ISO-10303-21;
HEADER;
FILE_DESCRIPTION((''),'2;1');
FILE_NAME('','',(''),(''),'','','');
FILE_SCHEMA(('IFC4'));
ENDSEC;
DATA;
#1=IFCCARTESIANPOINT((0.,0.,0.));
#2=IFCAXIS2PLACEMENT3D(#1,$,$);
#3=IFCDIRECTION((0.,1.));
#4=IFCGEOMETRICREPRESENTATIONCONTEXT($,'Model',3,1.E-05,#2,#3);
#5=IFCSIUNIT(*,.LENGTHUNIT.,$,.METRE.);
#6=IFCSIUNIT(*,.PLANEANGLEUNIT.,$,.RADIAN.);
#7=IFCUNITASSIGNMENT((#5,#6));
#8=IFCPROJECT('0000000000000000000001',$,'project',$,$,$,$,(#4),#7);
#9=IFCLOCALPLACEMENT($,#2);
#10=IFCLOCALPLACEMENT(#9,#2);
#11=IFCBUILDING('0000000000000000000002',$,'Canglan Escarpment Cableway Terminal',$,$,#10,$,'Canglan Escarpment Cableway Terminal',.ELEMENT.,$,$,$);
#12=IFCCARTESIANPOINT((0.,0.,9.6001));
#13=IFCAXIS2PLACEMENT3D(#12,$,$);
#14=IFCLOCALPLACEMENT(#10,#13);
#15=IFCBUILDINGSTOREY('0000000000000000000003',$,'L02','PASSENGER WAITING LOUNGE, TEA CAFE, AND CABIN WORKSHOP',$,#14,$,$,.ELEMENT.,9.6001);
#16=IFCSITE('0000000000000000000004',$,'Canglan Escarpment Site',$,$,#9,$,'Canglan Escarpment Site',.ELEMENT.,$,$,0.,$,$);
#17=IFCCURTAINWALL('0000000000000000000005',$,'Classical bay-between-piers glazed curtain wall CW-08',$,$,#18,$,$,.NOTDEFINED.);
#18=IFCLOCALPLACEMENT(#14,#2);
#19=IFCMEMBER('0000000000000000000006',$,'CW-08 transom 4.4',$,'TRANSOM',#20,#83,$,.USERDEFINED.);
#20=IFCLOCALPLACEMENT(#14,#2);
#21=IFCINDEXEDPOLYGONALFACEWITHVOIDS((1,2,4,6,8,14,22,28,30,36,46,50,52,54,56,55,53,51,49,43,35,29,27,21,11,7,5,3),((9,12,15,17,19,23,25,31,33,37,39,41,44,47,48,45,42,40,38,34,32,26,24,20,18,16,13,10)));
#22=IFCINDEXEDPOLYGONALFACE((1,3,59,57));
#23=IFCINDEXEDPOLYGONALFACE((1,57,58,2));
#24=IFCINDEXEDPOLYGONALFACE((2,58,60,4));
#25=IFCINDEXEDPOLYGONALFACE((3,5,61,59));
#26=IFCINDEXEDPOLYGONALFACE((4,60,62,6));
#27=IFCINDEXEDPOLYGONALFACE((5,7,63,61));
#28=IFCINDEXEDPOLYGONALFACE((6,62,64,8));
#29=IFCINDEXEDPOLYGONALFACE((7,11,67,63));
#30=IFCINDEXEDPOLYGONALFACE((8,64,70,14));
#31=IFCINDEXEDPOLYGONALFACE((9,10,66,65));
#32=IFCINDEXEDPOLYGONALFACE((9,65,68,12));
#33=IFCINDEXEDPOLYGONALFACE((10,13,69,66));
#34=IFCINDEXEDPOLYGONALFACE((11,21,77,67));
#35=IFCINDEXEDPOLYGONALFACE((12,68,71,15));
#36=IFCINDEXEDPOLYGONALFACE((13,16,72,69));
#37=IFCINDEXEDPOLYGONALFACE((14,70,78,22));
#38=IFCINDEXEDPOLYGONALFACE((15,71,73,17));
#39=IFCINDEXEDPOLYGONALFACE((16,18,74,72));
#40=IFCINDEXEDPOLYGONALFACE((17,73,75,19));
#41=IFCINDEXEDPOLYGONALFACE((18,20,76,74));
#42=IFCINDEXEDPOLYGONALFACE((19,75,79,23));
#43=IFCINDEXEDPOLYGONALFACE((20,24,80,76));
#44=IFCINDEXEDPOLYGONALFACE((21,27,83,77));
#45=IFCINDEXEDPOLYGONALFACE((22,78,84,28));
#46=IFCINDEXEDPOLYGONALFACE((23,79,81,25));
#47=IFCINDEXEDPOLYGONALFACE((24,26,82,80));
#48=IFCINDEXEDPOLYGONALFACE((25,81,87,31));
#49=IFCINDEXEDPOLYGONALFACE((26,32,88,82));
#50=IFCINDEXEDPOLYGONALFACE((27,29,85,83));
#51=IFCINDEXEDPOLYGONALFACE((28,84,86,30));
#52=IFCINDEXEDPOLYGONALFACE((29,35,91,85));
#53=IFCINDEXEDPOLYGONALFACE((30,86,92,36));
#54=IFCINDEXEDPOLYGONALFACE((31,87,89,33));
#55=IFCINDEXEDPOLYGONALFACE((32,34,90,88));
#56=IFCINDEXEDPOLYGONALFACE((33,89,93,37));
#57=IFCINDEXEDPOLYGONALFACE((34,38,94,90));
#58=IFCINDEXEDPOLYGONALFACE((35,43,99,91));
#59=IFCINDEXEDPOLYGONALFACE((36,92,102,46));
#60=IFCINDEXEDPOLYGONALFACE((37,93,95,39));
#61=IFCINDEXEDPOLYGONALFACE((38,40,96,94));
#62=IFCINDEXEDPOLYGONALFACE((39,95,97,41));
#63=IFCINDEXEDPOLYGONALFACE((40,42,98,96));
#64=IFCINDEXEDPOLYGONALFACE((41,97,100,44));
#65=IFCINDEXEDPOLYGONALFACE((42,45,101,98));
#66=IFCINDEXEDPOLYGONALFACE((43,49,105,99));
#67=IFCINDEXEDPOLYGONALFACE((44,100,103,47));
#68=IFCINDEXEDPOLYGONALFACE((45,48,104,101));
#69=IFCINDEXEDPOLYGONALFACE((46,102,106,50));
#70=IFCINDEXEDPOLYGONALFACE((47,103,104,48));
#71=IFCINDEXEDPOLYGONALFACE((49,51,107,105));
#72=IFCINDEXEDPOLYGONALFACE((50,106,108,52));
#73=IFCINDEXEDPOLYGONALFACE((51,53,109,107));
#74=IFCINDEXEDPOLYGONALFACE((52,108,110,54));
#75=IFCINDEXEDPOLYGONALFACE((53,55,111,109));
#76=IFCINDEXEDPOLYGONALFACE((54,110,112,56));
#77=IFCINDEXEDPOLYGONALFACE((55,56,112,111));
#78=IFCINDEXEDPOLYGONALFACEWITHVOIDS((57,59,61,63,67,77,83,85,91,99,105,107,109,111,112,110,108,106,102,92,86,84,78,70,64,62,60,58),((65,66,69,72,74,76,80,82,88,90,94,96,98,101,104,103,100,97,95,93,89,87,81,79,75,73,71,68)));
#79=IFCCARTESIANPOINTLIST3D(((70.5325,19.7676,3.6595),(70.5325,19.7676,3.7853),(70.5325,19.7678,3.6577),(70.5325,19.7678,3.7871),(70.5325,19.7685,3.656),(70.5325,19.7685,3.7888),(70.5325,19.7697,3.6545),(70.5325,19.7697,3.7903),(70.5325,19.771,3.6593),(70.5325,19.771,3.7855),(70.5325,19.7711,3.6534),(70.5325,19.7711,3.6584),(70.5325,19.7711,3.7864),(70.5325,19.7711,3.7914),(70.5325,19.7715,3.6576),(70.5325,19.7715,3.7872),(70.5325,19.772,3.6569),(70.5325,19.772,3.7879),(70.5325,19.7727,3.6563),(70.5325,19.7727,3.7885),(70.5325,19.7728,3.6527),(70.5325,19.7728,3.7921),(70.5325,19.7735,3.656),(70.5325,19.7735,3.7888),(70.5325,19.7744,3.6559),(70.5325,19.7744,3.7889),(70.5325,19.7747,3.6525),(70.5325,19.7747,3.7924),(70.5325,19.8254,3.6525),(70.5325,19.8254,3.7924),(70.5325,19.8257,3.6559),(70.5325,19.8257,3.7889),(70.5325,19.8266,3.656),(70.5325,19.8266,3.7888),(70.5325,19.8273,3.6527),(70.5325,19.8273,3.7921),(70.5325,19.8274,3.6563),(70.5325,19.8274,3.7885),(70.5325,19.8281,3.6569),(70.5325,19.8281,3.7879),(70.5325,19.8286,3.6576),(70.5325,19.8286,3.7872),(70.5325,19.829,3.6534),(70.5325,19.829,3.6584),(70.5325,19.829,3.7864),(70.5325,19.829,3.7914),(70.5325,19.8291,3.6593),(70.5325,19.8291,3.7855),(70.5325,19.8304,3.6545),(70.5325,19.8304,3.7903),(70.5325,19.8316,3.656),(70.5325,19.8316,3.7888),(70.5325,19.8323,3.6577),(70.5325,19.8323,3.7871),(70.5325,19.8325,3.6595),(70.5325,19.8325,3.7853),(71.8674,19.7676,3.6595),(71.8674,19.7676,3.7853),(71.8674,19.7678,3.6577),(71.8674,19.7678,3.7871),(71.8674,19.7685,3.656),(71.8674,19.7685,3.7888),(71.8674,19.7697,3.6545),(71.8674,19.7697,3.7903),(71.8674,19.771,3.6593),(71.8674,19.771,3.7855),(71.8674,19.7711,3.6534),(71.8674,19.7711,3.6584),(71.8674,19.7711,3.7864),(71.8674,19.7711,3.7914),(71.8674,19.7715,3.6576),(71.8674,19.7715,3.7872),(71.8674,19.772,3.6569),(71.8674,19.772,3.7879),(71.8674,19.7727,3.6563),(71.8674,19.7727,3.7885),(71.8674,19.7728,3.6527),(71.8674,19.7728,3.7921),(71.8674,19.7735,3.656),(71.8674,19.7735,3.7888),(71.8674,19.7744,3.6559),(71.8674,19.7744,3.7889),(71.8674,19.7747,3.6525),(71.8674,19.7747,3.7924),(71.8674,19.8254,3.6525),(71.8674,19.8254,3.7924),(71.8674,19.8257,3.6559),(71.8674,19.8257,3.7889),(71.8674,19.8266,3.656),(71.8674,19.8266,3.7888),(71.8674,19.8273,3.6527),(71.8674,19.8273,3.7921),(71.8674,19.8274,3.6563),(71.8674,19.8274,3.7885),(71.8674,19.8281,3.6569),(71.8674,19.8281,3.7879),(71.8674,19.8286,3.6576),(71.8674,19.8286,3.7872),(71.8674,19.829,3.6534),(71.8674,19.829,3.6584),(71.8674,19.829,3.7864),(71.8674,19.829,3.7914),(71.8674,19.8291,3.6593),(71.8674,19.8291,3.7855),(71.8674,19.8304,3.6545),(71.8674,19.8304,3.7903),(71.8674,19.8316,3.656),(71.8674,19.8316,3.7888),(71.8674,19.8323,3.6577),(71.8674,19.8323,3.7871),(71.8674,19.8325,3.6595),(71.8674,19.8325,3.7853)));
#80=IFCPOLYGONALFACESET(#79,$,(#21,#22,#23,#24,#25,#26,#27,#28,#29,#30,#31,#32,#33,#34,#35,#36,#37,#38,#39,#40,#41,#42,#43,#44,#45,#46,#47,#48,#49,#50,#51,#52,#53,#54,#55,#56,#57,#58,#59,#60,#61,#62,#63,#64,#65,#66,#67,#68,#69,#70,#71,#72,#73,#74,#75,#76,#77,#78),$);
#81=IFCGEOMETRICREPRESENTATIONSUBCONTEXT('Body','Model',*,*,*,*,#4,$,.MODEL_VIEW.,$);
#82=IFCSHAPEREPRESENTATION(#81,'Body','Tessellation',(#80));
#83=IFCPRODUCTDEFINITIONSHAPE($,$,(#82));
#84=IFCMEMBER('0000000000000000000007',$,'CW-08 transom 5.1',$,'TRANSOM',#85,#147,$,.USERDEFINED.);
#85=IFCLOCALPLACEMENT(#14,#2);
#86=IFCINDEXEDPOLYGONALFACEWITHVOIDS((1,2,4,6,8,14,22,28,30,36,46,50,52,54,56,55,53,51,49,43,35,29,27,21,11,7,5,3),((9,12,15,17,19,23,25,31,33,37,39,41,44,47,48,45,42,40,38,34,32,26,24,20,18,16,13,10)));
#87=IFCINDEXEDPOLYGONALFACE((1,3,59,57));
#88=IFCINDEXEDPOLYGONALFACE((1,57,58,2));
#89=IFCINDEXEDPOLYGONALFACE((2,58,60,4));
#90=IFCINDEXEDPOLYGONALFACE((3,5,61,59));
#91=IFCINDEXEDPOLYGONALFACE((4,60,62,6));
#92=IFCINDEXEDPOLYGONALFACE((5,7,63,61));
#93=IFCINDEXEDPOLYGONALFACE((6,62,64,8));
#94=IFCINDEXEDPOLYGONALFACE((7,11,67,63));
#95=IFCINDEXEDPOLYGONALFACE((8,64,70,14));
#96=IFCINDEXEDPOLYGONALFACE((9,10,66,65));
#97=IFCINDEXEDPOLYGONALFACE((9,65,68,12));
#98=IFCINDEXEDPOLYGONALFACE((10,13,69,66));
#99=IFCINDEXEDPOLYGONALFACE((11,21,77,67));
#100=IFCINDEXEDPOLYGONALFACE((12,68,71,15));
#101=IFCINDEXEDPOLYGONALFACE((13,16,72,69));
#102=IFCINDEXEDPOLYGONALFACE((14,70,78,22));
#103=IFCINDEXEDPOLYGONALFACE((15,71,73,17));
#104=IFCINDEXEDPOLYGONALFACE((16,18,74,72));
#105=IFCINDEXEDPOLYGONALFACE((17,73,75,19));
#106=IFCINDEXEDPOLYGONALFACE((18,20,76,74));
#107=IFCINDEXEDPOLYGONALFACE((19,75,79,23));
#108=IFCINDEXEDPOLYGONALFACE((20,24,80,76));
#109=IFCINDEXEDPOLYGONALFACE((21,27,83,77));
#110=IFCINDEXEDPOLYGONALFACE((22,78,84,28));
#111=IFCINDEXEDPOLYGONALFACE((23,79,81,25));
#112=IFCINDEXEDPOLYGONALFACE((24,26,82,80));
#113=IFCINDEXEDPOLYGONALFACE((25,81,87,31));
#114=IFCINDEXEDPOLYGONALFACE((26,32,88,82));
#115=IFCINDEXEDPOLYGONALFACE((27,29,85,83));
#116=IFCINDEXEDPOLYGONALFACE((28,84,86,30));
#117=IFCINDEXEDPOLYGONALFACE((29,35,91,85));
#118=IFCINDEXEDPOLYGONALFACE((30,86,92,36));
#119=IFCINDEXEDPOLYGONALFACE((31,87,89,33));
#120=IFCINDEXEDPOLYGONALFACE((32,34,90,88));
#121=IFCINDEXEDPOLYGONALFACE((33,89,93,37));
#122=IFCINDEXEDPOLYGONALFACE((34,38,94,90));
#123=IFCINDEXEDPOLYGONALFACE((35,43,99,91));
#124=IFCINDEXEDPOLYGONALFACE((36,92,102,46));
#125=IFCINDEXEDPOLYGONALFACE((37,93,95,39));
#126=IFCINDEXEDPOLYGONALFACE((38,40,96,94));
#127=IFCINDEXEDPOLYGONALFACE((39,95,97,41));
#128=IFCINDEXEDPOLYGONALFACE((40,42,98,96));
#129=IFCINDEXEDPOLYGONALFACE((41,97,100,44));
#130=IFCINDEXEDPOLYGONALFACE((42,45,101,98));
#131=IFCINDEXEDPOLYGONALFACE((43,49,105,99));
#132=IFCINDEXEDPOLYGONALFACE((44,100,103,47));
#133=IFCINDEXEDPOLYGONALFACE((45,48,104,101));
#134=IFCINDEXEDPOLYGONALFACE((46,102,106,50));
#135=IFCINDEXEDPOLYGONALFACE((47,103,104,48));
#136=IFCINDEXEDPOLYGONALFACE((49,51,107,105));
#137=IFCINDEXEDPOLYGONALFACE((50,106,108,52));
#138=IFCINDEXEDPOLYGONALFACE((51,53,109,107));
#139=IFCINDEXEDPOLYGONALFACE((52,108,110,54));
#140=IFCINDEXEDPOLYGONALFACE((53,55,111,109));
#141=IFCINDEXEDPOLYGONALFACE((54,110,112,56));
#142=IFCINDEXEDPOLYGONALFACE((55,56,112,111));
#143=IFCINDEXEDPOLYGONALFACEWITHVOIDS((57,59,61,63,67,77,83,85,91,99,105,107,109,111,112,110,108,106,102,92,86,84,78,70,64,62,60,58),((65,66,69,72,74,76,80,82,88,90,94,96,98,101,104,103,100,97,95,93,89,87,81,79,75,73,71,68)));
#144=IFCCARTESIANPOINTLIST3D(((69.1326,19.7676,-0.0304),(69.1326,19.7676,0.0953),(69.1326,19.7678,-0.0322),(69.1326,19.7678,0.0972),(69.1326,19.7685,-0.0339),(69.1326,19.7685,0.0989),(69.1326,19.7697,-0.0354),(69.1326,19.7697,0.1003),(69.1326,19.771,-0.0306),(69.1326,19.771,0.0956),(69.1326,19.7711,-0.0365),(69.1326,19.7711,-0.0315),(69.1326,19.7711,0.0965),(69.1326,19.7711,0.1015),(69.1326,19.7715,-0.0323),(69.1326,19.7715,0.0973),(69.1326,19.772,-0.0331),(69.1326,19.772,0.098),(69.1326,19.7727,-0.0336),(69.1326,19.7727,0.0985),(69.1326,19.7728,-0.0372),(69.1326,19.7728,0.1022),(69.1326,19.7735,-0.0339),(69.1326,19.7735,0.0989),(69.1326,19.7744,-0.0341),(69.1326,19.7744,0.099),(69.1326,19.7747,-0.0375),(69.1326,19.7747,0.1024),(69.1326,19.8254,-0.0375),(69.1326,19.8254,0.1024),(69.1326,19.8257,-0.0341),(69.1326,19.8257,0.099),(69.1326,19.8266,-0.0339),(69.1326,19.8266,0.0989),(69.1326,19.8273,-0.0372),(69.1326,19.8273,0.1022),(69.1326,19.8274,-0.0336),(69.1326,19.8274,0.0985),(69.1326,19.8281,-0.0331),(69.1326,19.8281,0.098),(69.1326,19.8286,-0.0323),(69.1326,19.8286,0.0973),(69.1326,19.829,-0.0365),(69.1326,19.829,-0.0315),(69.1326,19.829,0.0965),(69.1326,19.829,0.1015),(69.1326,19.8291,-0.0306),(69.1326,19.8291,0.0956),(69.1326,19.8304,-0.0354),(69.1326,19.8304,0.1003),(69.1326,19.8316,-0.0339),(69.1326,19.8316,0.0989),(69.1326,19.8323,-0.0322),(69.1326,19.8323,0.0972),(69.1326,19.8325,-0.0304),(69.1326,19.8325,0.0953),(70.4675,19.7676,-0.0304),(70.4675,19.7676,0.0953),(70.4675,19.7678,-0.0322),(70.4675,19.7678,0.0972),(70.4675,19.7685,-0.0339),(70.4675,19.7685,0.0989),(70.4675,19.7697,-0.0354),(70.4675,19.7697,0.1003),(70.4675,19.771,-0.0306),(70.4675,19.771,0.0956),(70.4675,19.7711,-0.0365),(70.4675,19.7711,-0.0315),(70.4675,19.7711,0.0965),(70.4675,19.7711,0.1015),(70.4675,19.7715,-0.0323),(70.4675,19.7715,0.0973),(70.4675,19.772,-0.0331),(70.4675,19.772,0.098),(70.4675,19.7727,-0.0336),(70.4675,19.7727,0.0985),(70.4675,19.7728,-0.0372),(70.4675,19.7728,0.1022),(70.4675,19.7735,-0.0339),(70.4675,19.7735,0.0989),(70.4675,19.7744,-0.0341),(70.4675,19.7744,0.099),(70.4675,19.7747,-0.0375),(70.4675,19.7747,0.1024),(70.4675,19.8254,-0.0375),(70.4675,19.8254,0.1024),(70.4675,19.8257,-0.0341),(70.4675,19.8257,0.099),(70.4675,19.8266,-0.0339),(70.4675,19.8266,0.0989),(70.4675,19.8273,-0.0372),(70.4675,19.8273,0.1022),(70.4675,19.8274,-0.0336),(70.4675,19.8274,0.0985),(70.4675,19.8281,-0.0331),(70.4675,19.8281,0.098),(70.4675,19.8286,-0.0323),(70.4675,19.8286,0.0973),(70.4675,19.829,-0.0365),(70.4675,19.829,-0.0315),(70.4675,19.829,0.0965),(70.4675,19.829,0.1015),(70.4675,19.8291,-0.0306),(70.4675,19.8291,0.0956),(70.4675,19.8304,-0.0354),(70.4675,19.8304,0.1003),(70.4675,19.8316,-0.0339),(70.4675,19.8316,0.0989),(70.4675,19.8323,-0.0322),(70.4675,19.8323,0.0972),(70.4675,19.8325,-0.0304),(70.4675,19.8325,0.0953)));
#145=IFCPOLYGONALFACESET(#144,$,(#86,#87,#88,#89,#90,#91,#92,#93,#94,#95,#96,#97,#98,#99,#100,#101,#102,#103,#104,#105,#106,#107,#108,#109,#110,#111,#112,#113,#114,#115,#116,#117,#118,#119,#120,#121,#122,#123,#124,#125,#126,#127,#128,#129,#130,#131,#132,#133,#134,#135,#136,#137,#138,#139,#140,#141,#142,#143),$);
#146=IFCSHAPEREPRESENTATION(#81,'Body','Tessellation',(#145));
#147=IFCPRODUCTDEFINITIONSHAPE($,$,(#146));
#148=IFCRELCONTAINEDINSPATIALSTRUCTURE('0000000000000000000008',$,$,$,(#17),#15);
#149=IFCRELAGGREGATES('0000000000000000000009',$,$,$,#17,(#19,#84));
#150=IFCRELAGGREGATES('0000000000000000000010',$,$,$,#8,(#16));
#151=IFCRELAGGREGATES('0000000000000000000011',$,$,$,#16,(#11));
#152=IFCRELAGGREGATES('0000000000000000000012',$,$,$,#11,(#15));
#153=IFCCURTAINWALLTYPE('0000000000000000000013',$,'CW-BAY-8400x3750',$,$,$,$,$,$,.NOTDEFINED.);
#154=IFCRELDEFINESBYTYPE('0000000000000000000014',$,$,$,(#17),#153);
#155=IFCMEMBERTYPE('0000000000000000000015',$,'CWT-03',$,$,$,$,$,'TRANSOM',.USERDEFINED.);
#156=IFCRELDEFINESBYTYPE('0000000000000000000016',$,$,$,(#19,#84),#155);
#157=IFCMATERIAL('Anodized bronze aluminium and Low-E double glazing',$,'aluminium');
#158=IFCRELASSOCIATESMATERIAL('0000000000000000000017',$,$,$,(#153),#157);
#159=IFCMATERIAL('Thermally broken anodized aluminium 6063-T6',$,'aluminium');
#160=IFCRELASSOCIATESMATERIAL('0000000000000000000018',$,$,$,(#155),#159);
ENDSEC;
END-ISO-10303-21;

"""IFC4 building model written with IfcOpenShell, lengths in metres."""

from ifc_helpers import new_model, si_unit, direction, frame, origin, origin_2d, place, context, subcontext, project, spatial, hollow_rectangle, extrude, material, material_profile, profile_set, type_object, element, aggregate, save


model = new_model("IFC4")

# Units and contexts
model_context = context("Model", 3, precision=1e-05, world=origin(), true_north=direction((0.0, 1.0)))
body_context = subcontext(model_context, "Body", "Model", "MODEL_VIEW")
ifc_project = project(units=[si_unit("LENGTHUNIT", "METRE"), si_unit("PLANEANGLEUNIT", "RADIAN")], contexts=[model_context])

# Site, building, storey
site_placement = place(None, origin())
site = spatial("IfcSite", under=ifc_project, at=site_placement, Name="Canglan Escarpment Site", LongName="Canglan Escarpment Site", CompositionType="ELEMENT", RefElevation=0.0)
building_placement = place(site_placement, origin())
building = spatial("IfcBuilding", under=site, at=building_placement, Name="Canglan Escarpment Cableway Terminal", LongName="Canglan Escarpment Cableway Terminal", CompositionType="ELEMENT")
storey_placement = place(building_placement, frame((0.0, 0.0, 9.6001)))
storey = spatial("IfcBuildingStorey", under=building, at=storey_placement, Name="L02", Description="PASSENGER WAITING LOUNGE, TEA CAFE, AND CABIN WORKSHOP", CompositionType="ELEMENT", Elevation=9.6001)

# Curtain wall, members
ifc_material_1 = material(Name="Anodized bronze aluminium and Low-E double glazing", Category="aluminium")
curtain_wall_type = type_object("IfcCurtainWallType", Name="CW-BAY-8400x3750", PredefinedType="NOTDEFINED", material=ifc_material_1)
curtain_wall_placement = place(storey_placement, origin())
curtain_wall = element("IfcCurtainWall", 1, at=curtain_wall_placement, inside=storey, type_object=curtain_wall_type, Name="Classical bay-between-piers glazed curtain wall CW-08", PredefinedType="NOTDEFINED")
ifc_material_2 = material(Name="Thermally broken anodized aluminium 6063-T6", Category="aluminium")
ifc_material_profile_1 = material_profile(ifc_material_2, hollow_rectangle(XDim=0.0649, YDim=0.1399, WallThickness=0.0034, InnerFilletRadius=0.0034, OuterFilletRadius=0.0071, at=origin_2d()), Name="ALU-TRAN 65x140x3.5")
ifc_profile_set_1 = profile_set([ifc_material_profile_1], Name="Thermally broken anodized aluminium 6063-T6")
member_type_1 = type_object("IfcMemberType", Name="CWT-03", ElementType="TRANSOM", PredefinedType="USERDEFINED", material=ifc_profile_set_1)
member_1_placement = place(storey_placement, frame((71.8674, 19.8, 3.7224), z_axis=(-1.0, 0.0, 0.0), x_axis=(0.0, -1.0, 0.0)))
member_1 = element("IfcMember", 2, at=member_1_placement, type_object=member_type_1, Name="CW-08 transom 4.4", ObjectType="TRANSOM", PredefinedType="USERDEFINED", context=body_context, shape_type="SweptSolid", body=[
    extrude(hollow_rectangle(XDim=0.0649, YDim=0.1399, WallThickness=0.0034, InnerFilletRadius=0.0034, OuterFilletRadius=0.0071, at=origin_2d()), origin(), (0.0, 0.0, 1.0), 1.335),
])
member_2_placement = place(storey_placement, frame((70.4675, 19.8, 0.0325), z_axis=(-1.0, 0.0, 0.0), x_axis=(0.0, -1.0, 0.0)))
member_2 = element("IfcMember", 3, at=member_2_placement, type_object=member_type_1, Name="CW-08 transom 5.1", ObjectType="TRANSOM", PredefinedType="USERDEFINED", context=body_context, shape_type="SweptSolid", body=[
    extrude(hollow_rectangle(XDim=0.0649, YDim=0.1399, WallThickness=0.0034, InnerFilletRadius=0.0034, OuterFilletRadius=0.0071, at=origin_2d()), origin(), (0.0, 0.0, 1.0), 1.335),
])
aggregate(curtain_wall, [member_1, member_2])

save(model, "model.ifc")
